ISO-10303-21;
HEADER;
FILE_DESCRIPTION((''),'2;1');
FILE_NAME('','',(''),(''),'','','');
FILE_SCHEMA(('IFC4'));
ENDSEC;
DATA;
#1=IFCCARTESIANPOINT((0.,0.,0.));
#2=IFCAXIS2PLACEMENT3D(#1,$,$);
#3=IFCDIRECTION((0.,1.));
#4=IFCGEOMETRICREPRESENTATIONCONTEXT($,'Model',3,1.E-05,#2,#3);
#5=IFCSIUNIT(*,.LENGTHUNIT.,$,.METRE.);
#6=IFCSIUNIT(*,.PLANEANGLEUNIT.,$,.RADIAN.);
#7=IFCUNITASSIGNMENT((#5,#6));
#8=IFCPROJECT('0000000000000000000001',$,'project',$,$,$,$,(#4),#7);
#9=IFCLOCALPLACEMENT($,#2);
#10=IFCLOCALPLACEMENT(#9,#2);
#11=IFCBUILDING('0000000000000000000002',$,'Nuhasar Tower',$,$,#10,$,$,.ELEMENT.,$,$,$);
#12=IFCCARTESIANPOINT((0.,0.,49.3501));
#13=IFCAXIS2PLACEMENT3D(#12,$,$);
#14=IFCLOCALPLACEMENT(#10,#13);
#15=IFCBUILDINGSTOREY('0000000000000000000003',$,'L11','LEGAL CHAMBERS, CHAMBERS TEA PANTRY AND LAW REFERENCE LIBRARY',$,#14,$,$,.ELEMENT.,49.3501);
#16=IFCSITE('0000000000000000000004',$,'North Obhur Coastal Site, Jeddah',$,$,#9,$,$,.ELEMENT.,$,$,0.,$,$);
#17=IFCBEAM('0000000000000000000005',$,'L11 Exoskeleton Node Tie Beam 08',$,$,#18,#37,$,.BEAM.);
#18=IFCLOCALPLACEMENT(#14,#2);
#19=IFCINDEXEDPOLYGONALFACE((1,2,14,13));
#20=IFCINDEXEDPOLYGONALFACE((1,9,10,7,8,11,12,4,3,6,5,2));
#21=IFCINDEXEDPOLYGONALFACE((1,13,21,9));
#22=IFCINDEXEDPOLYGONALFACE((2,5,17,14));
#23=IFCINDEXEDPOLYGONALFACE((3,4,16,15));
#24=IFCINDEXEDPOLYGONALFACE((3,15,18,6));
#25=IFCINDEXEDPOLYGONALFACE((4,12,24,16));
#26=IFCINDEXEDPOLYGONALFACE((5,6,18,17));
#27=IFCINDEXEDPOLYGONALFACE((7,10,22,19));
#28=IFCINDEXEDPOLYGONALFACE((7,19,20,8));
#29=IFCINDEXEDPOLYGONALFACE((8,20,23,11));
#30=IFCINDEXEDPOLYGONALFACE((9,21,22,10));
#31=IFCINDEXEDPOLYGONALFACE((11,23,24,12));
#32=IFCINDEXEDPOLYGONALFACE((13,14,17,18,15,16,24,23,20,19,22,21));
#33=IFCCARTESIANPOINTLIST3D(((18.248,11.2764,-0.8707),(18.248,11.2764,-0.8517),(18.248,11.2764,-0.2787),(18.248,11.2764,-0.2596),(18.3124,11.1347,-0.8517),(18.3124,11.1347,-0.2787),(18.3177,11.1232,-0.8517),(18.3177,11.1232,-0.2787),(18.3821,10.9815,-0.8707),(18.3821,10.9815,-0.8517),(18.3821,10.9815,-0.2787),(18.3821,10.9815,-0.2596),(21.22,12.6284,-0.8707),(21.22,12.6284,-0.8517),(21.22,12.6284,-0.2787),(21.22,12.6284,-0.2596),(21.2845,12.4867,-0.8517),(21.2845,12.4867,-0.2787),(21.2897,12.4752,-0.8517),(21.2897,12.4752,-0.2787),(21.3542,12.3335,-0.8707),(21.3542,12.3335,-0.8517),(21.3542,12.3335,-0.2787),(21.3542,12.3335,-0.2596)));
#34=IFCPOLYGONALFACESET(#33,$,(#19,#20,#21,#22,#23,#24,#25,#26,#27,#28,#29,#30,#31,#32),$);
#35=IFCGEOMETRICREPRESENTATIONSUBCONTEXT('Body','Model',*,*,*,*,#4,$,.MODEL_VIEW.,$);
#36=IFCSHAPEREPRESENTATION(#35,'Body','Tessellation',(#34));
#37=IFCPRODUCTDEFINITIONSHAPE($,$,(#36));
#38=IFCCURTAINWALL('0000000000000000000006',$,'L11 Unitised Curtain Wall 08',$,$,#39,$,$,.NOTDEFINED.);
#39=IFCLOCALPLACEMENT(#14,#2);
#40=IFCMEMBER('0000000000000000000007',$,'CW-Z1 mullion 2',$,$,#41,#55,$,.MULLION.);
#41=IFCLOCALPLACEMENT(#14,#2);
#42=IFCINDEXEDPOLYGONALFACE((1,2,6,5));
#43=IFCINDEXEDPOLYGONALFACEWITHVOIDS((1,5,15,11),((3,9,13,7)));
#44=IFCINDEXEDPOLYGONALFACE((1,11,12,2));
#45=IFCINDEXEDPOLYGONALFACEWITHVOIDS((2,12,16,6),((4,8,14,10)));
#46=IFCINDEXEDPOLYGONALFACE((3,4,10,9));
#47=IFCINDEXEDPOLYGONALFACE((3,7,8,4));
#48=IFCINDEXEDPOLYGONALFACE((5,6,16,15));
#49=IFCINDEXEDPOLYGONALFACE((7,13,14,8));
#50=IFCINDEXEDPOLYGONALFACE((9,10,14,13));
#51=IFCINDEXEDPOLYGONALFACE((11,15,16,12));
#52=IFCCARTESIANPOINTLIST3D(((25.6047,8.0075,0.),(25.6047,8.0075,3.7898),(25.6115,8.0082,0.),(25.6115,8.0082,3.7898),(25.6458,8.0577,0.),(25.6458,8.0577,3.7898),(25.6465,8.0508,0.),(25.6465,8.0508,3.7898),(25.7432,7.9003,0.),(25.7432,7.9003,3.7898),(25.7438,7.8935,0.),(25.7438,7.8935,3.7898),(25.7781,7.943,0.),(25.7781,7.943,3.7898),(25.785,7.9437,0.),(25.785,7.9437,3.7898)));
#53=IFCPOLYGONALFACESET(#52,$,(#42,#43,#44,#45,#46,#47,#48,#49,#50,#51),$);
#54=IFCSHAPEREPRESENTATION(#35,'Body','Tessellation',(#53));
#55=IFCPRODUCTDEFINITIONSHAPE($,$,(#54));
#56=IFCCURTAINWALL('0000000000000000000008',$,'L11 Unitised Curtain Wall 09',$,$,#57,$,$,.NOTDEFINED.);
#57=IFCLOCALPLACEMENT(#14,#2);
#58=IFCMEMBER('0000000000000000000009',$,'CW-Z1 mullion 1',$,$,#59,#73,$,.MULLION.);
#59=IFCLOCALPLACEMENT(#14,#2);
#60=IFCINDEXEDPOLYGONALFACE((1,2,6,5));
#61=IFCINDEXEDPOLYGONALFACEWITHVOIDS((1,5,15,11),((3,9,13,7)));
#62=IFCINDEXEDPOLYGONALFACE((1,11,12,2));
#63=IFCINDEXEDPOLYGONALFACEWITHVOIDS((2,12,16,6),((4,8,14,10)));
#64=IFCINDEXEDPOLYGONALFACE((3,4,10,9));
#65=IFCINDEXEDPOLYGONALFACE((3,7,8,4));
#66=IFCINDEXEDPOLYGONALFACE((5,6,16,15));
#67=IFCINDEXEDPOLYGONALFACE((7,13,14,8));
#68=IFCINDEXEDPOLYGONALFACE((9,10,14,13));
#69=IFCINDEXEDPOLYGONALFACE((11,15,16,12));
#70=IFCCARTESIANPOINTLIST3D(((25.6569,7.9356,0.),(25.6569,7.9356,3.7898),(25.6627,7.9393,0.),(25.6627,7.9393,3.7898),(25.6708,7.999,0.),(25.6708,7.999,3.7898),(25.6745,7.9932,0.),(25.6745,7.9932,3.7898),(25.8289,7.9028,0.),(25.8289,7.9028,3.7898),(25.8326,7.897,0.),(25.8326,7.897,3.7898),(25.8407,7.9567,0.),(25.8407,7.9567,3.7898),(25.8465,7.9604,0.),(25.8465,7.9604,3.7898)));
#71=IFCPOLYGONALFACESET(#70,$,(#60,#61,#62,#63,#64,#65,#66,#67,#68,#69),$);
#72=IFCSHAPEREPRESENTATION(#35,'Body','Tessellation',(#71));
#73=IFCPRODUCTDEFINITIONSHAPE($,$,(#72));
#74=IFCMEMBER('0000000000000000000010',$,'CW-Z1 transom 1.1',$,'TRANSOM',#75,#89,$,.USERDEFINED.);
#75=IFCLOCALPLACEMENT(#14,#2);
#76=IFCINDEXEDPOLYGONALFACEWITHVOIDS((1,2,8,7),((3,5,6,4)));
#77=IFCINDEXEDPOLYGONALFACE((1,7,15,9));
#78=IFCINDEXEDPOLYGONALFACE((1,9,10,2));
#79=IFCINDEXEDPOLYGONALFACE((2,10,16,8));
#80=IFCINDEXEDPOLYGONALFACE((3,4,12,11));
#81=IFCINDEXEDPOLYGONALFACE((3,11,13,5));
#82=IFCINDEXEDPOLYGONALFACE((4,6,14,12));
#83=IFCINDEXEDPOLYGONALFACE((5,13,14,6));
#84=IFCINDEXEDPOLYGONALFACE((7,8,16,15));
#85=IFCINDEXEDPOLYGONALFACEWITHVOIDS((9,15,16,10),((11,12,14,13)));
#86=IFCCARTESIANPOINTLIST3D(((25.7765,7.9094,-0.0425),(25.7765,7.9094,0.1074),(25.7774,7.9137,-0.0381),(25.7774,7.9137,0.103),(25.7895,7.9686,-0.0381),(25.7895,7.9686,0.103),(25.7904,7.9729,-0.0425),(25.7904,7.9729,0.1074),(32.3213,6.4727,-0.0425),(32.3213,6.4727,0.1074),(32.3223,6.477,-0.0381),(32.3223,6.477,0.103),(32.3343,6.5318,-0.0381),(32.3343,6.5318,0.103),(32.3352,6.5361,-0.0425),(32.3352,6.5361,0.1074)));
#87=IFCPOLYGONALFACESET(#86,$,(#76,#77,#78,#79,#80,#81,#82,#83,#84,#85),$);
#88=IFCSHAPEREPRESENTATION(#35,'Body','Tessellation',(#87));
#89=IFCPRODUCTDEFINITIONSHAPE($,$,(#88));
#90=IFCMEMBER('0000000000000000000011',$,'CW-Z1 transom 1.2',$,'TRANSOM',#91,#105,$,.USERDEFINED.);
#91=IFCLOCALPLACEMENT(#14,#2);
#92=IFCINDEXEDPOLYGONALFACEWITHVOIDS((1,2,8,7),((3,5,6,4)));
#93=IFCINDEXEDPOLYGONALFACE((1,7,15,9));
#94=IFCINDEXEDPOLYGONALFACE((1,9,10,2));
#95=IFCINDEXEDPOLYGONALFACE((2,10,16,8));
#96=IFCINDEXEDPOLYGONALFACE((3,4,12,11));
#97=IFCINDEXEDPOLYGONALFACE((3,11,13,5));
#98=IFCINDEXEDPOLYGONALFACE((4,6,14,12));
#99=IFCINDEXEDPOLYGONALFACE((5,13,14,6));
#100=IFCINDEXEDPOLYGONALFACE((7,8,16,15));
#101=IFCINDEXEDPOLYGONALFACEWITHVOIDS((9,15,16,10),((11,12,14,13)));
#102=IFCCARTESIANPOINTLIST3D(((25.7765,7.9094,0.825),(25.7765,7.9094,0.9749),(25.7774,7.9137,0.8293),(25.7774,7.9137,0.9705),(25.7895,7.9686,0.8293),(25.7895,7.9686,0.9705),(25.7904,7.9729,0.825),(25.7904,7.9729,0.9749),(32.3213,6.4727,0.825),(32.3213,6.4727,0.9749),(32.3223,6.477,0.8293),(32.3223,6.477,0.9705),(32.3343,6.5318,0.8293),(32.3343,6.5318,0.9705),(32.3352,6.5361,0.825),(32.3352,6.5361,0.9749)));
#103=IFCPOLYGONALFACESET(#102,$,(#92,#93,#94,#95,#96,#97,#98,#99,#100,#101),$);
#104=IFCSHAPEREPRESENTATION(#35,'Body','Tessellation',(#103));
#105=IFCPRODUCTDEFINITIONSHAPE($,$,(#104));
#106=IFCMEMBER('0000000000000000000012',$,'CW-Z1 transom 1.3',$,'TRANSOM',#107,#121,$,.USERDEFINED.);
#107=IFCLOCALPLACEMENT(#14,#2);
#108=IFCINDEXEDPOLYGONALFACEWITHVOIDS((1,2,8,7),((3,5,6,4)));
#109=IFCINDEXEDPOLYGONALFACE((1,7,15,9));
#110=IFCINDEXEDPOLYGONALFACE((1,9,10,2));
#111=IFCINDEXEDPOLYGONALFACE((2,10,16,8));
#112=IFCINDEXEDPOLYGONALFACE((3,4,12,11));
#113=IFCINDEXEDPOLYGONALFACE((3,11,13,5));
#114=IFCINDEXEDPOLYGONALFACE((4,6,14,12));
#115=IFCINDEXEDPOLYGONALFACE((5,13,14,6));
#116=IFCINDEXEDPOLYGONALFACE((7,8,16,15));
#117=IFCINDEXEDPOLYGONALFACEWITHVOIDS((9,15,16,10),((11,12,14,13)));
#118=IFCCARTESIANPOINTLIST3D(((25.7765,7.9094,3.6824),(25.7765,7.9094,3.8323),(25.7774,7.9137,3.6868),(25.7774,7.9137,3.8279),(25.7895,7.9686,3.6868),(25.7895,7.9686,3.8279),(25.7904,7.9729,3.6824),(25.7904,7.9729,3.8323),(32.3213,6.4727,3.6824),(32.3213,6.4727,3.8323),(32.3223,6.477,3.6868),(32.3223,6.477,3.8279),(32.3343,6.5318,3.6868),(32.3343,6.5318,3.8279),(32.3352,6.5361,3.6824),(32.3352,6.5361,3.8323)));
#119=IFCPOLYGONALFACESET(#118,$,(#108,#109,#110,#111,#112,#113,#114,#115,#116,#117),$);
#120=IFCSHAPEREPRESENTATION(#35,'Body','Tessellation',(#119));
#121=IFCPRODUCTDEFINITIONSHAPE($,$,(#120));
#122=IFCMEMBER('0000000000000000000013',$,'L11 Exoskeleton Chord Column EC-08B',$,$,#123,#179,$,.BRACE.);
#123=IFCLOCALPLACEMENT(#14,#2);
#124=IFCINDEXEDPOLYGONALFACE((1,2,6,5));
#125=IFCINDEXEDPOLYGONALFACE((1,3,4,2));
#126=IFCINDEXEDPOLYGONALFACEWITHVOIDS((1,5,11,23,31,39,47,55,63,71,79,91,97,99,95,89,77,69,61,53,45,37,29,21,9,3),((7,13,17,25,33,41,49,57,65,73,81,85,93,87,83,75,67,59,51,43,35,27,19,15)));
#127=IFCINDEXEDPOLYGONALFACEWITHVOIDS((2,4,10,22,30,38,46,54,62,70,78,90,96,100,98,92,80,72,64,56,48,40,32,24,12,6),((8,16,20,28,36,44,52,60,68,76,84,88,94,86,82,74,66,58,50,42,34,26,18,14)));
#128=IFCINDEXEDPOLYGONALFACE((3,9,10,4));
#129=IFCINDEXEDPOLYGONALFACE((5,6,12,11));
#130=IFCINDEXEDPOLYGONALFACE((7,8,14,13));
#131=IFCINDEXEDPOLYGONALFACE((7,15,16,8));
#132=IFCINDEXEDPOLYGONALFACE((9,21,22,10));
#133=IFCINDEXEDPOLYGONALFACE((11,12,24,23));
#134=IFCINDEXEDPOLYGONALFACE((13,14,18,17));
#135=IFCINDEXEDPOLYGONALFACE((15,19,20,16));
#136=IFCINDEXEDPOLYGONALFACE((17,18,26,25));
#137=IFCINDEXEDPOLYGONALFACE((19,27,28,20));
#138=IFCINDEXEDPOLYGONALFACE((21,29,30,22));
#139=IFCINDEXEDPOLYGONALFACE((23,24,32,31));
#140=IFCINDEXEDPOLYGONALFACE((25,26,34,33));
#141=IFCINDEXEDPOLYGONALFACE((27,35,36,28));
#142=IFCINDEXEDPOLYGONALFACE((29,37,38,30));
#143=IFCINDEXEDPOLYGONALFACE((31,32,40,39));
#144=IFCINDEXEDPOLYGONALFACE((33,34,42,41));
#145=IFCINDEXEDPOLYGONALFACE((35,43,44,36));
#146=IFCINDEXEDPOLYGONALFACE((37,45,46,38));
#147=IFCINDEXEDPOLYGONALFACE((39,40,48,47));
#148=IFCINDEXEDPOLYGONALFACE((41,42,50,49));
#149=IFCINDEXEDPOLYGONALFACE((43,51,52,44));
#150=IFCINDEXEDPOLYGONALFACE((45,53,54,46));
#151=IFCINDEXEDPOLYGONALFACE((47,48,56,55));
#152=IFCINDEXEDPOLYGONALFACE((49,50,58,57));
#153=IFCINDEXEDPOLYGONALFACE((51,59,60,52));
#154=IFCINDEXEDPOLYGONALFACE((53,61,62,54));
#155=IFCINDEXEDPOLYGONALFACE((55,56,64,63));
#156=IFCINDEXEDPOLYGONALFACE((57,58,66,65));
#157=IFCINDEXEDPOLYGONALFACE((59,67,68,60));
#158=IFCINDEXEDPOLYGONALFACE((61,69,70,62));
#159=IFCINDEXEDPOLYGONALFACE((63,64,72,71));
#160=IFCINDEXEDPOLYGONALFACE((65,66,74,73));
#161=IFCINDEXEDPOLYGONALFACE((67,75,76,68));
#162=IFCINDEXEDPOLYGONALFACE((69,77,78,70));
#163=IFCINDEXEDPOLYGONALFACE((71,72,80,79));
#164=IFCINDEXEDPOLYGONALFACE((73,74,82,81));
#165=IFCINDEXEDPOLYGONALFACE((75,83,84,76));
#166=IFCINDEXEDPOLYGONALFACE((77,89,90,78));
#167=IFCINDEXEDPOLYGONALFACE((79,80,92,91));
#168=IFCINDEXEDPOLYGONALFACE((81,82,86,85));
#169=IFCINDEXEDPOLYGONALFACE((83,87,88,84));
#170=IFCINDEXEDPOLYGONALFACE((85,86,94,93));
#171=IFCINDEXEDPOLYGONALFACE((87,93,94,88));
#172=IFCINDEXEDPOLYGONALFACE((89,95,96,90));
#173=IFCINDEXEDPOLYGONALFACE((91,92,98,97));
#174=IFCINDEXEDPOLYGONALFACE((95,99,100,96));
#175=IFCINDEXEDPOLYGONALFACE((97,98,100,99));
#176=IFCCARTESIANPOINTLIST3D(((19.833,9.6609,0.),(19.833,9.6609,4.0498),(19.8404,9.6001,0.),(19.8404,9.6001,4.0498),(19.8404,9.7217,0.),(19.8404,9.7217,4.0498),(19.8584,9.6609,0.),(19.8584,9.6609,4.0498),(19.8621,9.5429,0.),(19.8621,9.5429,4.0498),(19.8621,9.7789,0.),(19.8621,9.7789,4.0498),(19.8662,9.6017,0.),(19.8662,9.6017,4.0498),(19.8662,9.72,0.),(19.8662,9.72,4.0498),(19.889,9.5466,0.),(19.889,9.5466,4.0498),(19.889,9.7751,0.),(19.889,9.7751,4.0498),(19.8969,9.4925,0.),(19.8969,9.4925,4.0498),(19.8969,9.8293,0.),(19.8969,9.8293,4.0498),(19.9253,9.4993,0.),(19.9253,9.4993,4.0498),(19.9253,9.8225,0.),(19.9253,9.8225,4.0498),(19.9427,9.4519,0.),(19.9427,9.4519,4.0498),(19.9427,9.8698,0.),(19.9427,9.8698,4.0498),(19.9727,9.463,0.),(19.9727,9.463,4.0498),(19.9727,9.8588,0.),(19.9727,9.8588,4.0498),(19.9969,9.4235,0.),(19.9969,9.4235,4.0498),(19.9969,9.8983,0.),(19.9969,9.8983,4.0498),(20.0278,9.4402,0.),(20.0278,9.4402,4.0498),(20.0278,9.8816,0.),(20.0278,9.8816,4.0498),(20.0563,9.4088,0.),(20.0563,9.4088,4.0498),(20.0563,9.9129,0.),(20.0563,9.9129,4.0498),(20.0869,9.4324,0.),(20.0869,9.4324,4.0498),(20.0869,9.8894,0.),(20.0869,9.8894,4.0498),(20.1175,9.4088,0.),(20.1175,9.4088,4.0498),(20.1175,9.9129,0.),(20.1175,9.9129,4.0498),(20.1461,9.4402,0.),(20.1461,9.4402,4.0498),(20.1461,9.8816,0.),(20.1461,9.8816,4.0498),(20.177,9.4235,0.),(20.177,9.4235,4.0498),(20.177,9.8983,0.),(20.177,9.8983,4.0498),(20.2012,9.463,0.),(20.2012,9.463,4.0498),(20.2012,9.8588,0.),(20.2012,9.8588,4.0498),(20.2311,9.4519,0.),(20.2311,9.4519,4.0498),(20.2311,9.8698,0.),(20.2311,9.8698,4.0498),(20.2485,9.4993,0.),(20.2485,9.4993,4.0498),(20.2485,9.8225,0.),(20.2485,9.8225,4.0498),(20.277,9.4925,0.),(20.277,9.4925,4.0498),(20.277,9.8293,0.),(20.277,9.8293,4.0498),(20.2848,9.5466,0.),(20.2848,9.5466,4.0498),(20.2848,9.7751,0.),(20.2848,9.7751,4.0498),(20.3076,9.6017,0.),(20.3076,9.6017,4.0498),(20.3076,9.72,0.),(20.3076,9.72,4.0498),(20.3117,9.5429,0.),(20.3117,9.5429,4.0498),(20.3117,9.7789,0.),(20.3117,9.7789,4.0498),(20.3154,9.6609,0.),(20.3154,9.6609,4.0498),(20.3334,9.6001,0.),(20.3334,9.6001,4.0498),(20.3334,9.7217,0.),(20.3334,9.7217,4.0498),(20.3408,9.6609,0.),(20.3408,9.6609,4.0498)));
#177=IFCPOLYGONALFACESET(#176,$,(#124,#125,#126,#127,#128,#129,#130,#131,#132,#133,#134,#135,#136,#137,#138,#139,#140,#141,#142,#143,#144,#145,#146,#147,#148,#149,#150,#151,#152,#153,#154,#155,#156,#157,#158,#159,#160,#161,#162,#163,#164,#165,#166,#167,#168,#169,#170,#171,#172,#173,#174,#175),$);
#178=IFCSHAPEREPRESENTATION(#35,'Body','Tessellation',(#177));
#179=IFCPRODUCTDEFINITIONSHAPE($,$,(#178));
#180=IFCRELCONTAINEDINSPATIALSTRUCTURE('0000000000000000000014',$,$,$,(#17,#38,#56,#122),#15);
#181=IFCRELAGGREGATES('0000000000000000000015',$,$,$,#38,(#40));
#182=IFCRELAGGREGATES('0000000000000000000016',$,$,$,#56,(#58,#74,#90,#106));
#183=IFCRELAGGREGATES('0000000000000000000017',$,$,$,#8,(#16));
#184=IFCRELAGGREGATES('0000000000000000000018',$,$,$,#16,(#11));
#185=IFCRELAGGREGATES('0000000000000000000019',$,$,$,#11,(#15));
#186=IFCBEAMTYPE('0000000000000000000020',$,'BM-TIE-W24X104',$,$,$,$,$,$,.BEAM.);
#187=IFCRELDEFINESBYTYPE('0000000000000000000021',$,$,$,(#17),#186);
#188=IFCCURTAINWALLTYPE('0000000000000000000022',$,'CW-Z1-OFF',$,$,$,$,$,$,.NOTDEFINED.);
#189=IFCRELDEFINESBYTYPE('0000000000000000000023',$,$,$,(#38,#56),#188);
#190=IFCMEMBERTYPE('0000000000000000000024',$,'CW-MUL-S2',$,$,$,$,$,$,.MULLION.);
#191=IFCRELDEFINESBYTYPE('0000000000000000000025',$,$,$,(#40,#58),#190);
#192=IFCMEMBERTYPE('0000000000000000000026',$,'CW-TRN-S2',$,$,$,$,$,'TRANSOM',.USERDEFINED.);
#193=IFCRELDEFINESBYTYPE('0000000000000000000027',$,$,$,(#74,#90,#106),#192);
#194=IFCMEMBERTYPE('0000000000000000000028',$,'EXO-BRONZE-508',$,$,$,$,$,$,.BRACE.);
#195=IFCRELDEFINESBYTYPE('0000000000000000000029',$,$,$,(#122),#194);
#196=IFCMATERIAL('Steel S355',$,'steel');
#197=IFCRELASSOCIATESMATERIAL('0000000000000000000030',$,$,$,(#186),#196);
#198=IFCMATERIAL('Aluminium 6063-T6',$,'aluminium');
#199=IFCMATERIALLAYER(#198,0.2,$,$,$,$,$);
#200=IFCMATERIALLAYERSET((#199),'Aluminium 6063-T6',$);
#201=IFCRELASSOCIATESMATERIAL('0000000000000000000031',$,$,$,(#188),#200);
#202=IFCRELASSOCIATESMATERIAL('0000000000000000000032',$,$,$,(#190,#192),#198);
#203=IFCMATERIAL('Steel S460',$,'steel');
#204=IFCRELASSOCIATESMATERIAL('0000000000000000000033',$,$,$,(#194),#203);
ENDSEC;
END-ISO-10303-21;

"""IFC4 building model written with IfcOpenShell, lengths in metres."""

from ifc_helpers import new_model, si_unit, direction, frame, origin, origin_2d, place, context, subcontext, project, spatial, hollow_rectangle, hollow_circle, i_section, extrude, material, layer, layer_set, material_profile, profile_set, type_object, element, aggregate, save


model = new_model("IFC4")

# Units and contexts
model_context = context("Model", 3, precision=1e-05, world=origin(), true_north=direction((0.0, 1.0)))
body_context = subcontext(model_context, "Body", "Model", "MODEL_VIEW")
ifc_project = project(units=[si_unit("LENGTHUNIT", "METRE"), si_unit("PLANEANGLEUNIT", "RADIAN")], contexts=[model_context])

# Site, building, storey
site_placement = place(None, origin())
site = spatial("IfcSite", under=ifc_project, at=site_placement, Name="North Obhur Coastal Site, Jeddah", CompositionType="ELEMENT", RefElevation=0.0)
building_placement = place(site_placement, origin())
building = spatial("IfcBuilding", under=site, at=building_placement, Name="Nuhasar Tower", CompositionType="ELEMENT")
storey_placement = place(building_placement, frame((0.0, 0.0, 49.3501)))
storey = spatial("IfcBuildingStorey", under=building, at=storey_placement, Name="L11", Description="LEGAL CHAMBERS, CHAMBERS TEA PANTRY AND LAW REFERENCE LIBRARY", CompositionType="ELEMENT", Elevation=49.3501)

# Beam
ifc_material_1 = material(Name="Steel S355", Category="steel")
ifc_material_profile_1 = material_profile(ifc_material_1, i_section(OverallWidth=0.324, OverallDepth=0.6111, WebThickness=0.0127, FlangeThickness=0.019, at=origin_2d()), Name="W24X104")
ifc_profile_set_1 = profile_set([ifc_material_profile_1], Name="Steel S355")
beam_type_1 = type_object("IfcBeamType", Name="BM-TIE-W24X104", PredefinedType="BEAM", material=ifc_profile_set_1)
beam_1_placement = place(storey_placement, frame((21.2871, 12.481, -0.5652), z_axis=(-0.910244, -0.414073, 0.0), x_axis=(0.414073, -0.910244, 0.0)))
element("IfcBeam", 1, at=beam_1_placement, inside=storey, type_object=beam_type_1, Name="L11 Exoskeleton Node Tie Beam 08", PredefinedType="BEAM", context=body_context, shape_type="SweptSolid", body=[
    extrude(i_section(OverallWidth=0.324, OverallDepth=0.6111, WebThickness=0.0127, FlangeThickness=0.019, at=origin_2d()), origin(), (0.0, 0.0, 1.0), 3.2651),
])

# Curtain wall, member
ifc_material_2 = material(Name="Aluminium 6063-T6", Category="aluminium")
ifc_layer_1 = layer(ifc_material_2, 0.2)
ifc_layer_set_1 = layer_set([ifc_layer_1], Name="Aluminium 6063-T6")
curtain_wall_type = type_object("IfcCurtainWallType", Name="CW-Z1-OFF", PredefinedType="NOTDEFINED", material=ifc_layer_set_1)
curtain_wall_1_placement = place(storey_placement, origin())
curtain_wall_1 = element("IfcCurtainWall", 2, at=curtain_wall_1_placement, inside=storey, type_object=curtain_wall_type, Name="L11 Unitised Curtain Wall 08", PredefinedType="NOTDEFINED")
ifc_material_profile_2 = material_profile(ifc_material_2, hollow_rectangle(XDim=0.0649, YDim=0.1799, WallThickness=0.0049, at=origin_2d()), Name="CWM-2")
ifc_profile_set_2 = profile_set([ifc_material_profile_2], Name="Aluminium 6063-T6")
member_type_1 = type_object("IfcMemberType", Name="CW-MUL-S2", PredefinedType="MULLION", material=ifc_profile_set_2)
member_1_placement = place(storey_placement, frame((25.6948, 7.9756, 0.0), z_axis=(0.0, 0.0, 1.0), x_axis=(0.633745, 0.773542, 0.0)))
member_1 = element("IfcMember", 3, at=member_1_placement, type_object=member_type_1, Name="CW-Z1 mullion 2", PredefinedType="MULLION", context=body_context, shape_type="SweptSolid", body=[
    extrude(hollow_rectangle(XDim=0.0649, YDim=0.1799, WallThickness=0.0049, at=origin_2d()), origin(), (0.0, 0.0, 1.0), 3.7898),
])

# Curtain wall, members
curtain_wall_2_placement = place(storey_placement, origin())
curtain_wall_2 = element("IfcCurtainWall", 4, at=curtain_wall_2_placement, inside=storey, type_object=curtain_wall_type, Name="L11 Unitised Curtain Wall 09", PredefinedType="NOTDEFINED")
member_2_placement = place(storey_placement, frame((25.7517, 7.948, 0.0), z_axis=(0.0, 0.0, 1.0), x_axis=(0.214399, 0.976746, 0.0)))
member_2 = element("IfcMember", 5, at=member_2_placement, type_object=member_type_1, Name="CW-Z1 mullion 1", PredefinedType="MULLION", context=body_context, shape_type="SweptSolid", body=[
    extrude(hollow_rectangle(XDim=0.0649, YDim=0.1799, WallThickness=0.0049, at=origin_2d()), origin(), (0.0, 0.0, 1.0), 3.7898),
])
ifc_material_profile_3 = material_profile(ifc_material_2, hollow_rectangle(XDim=0.0649, YDim=0.1499, WallThickness=0.0044, at=origin_2d()), Name="CWT-2")
ifc_profile_set_3 = profile_set([ifc_material_profile_3], Name="Aluminium 6063-T6")
member_type_2 = type_object("IfcMemberType", Name="CW-TRN-S2", ElementType="TRANSOM", PredefinedType="USERDEFINED", material=ifc_profile_set_3)
member_3_placement = place(storey_placement, frame((25.7834, 7.9412, 0.0325), z_axis=(0.976742, -0.214418, 0.0), x_axis=(0.214418, 0.976742, 0.0)))
member_3 = element("IfcMember", 6, at=member_3_placement, type_object=member_type_2, Name="CW-Z1 transom 1.1", ObjectType="TRANSOM", PredefinedType="USERDEFINED", context=body_context, shape_type="SweptSolid", body=[
    extrude(hollow_rectangle(XDim=0.0649, YDim=0.1499, WallThickness=0.0044, at=origin_2d()), origin(), (0.0, 0.0, 1.0), 6.7007),
])
member_4_placement = place(storey_placement, frame((25.7834, 7.9412, 0.8999), z_axis=(0.976742, -0.214418, 0.0), x_axis=(0.214418, 0.976742, 0.0)))
member_4 = element("IfcMember", 7, at=member_4_placement, type_object=member_type_2, Name="CW-Z1 transom 1.2", ObjectType="TRANSOM", PredefinedType="USERDEFINED", context=body_context, shape_type="SweptSolid", body=[
    extrude(hollow_rectangle(XDim=0.0649, YDim=0.1499, WallThickness=0.0044, at=origin_2d()), origin(), (0.0, 0.0, 1.0), 6.7007),
])
member_5_placement = place(storey_placement, frame((25.7834, 7.9412, 3.7573), z_axis=(0.976742, -0.214418, 0.0), x_axis=(0.214418, 0.976742, 0.0)))
member_5 = element("IfcMember", 8, at=member_5_placement, type_object=member_type_2, Name="CW-Z1 transom 1.3", ObjectType="TRANSOM", PredefinedType="USERDEFINED", context=body_context, shape_type="SweptSolid", body=[
    extrude(hollow_rectangle(XDim=0.0649, YDim=0.1499, WallThickness=0.0044, at=origin_2d()), origin(), (0.0, 0.0, 1.0), 6.7007),
])

# Member
ifc_material_3 = material(Name="Steel S460", Category="steel")
ifc_material_profile_4 = material_profile(ifc_material_3, hollow_circle(Radius=0.2539, WallThickness=0.0254, at=origin_2d()), Name="HSS508X25.4")
ifc_profile_set_4 = profile_set([ifc_material_profile_4], Name="Steel S460")
member_type_3 = type_object("IfcMemberType", Name="EXO-BRONZE-508", PredefinedType="BRACE", material=ifc_profile_set_4)
member_6_placement = place(storey_placement, frame((20.0869, 9.6609, 0.0), z_axis=(0.0, 0.0, 1.0), x_axis=(1.0, 0.0, 0.0)))
element("IfcMember", 9, at=member_6_placement, inside=storey, type_object=member_type_3, Name="L11 Exoskeleton Chord Column EC-08B", PredefinedType="BRACE", context=body_context, shape_type="SweptSolid", body=[
    extrude(hollow_circle(Radius=0.2539, WallThickness=0.0254, at=origin_2d()), origin(), (0.0, 0.0, 1.0), 4.0498),
])

aggregate(curtain_wall_1, [member_1])
aggregate(curtain_wall_2, [member_2, member_3, member_4, member_5])

save(model, "model.ifc")
